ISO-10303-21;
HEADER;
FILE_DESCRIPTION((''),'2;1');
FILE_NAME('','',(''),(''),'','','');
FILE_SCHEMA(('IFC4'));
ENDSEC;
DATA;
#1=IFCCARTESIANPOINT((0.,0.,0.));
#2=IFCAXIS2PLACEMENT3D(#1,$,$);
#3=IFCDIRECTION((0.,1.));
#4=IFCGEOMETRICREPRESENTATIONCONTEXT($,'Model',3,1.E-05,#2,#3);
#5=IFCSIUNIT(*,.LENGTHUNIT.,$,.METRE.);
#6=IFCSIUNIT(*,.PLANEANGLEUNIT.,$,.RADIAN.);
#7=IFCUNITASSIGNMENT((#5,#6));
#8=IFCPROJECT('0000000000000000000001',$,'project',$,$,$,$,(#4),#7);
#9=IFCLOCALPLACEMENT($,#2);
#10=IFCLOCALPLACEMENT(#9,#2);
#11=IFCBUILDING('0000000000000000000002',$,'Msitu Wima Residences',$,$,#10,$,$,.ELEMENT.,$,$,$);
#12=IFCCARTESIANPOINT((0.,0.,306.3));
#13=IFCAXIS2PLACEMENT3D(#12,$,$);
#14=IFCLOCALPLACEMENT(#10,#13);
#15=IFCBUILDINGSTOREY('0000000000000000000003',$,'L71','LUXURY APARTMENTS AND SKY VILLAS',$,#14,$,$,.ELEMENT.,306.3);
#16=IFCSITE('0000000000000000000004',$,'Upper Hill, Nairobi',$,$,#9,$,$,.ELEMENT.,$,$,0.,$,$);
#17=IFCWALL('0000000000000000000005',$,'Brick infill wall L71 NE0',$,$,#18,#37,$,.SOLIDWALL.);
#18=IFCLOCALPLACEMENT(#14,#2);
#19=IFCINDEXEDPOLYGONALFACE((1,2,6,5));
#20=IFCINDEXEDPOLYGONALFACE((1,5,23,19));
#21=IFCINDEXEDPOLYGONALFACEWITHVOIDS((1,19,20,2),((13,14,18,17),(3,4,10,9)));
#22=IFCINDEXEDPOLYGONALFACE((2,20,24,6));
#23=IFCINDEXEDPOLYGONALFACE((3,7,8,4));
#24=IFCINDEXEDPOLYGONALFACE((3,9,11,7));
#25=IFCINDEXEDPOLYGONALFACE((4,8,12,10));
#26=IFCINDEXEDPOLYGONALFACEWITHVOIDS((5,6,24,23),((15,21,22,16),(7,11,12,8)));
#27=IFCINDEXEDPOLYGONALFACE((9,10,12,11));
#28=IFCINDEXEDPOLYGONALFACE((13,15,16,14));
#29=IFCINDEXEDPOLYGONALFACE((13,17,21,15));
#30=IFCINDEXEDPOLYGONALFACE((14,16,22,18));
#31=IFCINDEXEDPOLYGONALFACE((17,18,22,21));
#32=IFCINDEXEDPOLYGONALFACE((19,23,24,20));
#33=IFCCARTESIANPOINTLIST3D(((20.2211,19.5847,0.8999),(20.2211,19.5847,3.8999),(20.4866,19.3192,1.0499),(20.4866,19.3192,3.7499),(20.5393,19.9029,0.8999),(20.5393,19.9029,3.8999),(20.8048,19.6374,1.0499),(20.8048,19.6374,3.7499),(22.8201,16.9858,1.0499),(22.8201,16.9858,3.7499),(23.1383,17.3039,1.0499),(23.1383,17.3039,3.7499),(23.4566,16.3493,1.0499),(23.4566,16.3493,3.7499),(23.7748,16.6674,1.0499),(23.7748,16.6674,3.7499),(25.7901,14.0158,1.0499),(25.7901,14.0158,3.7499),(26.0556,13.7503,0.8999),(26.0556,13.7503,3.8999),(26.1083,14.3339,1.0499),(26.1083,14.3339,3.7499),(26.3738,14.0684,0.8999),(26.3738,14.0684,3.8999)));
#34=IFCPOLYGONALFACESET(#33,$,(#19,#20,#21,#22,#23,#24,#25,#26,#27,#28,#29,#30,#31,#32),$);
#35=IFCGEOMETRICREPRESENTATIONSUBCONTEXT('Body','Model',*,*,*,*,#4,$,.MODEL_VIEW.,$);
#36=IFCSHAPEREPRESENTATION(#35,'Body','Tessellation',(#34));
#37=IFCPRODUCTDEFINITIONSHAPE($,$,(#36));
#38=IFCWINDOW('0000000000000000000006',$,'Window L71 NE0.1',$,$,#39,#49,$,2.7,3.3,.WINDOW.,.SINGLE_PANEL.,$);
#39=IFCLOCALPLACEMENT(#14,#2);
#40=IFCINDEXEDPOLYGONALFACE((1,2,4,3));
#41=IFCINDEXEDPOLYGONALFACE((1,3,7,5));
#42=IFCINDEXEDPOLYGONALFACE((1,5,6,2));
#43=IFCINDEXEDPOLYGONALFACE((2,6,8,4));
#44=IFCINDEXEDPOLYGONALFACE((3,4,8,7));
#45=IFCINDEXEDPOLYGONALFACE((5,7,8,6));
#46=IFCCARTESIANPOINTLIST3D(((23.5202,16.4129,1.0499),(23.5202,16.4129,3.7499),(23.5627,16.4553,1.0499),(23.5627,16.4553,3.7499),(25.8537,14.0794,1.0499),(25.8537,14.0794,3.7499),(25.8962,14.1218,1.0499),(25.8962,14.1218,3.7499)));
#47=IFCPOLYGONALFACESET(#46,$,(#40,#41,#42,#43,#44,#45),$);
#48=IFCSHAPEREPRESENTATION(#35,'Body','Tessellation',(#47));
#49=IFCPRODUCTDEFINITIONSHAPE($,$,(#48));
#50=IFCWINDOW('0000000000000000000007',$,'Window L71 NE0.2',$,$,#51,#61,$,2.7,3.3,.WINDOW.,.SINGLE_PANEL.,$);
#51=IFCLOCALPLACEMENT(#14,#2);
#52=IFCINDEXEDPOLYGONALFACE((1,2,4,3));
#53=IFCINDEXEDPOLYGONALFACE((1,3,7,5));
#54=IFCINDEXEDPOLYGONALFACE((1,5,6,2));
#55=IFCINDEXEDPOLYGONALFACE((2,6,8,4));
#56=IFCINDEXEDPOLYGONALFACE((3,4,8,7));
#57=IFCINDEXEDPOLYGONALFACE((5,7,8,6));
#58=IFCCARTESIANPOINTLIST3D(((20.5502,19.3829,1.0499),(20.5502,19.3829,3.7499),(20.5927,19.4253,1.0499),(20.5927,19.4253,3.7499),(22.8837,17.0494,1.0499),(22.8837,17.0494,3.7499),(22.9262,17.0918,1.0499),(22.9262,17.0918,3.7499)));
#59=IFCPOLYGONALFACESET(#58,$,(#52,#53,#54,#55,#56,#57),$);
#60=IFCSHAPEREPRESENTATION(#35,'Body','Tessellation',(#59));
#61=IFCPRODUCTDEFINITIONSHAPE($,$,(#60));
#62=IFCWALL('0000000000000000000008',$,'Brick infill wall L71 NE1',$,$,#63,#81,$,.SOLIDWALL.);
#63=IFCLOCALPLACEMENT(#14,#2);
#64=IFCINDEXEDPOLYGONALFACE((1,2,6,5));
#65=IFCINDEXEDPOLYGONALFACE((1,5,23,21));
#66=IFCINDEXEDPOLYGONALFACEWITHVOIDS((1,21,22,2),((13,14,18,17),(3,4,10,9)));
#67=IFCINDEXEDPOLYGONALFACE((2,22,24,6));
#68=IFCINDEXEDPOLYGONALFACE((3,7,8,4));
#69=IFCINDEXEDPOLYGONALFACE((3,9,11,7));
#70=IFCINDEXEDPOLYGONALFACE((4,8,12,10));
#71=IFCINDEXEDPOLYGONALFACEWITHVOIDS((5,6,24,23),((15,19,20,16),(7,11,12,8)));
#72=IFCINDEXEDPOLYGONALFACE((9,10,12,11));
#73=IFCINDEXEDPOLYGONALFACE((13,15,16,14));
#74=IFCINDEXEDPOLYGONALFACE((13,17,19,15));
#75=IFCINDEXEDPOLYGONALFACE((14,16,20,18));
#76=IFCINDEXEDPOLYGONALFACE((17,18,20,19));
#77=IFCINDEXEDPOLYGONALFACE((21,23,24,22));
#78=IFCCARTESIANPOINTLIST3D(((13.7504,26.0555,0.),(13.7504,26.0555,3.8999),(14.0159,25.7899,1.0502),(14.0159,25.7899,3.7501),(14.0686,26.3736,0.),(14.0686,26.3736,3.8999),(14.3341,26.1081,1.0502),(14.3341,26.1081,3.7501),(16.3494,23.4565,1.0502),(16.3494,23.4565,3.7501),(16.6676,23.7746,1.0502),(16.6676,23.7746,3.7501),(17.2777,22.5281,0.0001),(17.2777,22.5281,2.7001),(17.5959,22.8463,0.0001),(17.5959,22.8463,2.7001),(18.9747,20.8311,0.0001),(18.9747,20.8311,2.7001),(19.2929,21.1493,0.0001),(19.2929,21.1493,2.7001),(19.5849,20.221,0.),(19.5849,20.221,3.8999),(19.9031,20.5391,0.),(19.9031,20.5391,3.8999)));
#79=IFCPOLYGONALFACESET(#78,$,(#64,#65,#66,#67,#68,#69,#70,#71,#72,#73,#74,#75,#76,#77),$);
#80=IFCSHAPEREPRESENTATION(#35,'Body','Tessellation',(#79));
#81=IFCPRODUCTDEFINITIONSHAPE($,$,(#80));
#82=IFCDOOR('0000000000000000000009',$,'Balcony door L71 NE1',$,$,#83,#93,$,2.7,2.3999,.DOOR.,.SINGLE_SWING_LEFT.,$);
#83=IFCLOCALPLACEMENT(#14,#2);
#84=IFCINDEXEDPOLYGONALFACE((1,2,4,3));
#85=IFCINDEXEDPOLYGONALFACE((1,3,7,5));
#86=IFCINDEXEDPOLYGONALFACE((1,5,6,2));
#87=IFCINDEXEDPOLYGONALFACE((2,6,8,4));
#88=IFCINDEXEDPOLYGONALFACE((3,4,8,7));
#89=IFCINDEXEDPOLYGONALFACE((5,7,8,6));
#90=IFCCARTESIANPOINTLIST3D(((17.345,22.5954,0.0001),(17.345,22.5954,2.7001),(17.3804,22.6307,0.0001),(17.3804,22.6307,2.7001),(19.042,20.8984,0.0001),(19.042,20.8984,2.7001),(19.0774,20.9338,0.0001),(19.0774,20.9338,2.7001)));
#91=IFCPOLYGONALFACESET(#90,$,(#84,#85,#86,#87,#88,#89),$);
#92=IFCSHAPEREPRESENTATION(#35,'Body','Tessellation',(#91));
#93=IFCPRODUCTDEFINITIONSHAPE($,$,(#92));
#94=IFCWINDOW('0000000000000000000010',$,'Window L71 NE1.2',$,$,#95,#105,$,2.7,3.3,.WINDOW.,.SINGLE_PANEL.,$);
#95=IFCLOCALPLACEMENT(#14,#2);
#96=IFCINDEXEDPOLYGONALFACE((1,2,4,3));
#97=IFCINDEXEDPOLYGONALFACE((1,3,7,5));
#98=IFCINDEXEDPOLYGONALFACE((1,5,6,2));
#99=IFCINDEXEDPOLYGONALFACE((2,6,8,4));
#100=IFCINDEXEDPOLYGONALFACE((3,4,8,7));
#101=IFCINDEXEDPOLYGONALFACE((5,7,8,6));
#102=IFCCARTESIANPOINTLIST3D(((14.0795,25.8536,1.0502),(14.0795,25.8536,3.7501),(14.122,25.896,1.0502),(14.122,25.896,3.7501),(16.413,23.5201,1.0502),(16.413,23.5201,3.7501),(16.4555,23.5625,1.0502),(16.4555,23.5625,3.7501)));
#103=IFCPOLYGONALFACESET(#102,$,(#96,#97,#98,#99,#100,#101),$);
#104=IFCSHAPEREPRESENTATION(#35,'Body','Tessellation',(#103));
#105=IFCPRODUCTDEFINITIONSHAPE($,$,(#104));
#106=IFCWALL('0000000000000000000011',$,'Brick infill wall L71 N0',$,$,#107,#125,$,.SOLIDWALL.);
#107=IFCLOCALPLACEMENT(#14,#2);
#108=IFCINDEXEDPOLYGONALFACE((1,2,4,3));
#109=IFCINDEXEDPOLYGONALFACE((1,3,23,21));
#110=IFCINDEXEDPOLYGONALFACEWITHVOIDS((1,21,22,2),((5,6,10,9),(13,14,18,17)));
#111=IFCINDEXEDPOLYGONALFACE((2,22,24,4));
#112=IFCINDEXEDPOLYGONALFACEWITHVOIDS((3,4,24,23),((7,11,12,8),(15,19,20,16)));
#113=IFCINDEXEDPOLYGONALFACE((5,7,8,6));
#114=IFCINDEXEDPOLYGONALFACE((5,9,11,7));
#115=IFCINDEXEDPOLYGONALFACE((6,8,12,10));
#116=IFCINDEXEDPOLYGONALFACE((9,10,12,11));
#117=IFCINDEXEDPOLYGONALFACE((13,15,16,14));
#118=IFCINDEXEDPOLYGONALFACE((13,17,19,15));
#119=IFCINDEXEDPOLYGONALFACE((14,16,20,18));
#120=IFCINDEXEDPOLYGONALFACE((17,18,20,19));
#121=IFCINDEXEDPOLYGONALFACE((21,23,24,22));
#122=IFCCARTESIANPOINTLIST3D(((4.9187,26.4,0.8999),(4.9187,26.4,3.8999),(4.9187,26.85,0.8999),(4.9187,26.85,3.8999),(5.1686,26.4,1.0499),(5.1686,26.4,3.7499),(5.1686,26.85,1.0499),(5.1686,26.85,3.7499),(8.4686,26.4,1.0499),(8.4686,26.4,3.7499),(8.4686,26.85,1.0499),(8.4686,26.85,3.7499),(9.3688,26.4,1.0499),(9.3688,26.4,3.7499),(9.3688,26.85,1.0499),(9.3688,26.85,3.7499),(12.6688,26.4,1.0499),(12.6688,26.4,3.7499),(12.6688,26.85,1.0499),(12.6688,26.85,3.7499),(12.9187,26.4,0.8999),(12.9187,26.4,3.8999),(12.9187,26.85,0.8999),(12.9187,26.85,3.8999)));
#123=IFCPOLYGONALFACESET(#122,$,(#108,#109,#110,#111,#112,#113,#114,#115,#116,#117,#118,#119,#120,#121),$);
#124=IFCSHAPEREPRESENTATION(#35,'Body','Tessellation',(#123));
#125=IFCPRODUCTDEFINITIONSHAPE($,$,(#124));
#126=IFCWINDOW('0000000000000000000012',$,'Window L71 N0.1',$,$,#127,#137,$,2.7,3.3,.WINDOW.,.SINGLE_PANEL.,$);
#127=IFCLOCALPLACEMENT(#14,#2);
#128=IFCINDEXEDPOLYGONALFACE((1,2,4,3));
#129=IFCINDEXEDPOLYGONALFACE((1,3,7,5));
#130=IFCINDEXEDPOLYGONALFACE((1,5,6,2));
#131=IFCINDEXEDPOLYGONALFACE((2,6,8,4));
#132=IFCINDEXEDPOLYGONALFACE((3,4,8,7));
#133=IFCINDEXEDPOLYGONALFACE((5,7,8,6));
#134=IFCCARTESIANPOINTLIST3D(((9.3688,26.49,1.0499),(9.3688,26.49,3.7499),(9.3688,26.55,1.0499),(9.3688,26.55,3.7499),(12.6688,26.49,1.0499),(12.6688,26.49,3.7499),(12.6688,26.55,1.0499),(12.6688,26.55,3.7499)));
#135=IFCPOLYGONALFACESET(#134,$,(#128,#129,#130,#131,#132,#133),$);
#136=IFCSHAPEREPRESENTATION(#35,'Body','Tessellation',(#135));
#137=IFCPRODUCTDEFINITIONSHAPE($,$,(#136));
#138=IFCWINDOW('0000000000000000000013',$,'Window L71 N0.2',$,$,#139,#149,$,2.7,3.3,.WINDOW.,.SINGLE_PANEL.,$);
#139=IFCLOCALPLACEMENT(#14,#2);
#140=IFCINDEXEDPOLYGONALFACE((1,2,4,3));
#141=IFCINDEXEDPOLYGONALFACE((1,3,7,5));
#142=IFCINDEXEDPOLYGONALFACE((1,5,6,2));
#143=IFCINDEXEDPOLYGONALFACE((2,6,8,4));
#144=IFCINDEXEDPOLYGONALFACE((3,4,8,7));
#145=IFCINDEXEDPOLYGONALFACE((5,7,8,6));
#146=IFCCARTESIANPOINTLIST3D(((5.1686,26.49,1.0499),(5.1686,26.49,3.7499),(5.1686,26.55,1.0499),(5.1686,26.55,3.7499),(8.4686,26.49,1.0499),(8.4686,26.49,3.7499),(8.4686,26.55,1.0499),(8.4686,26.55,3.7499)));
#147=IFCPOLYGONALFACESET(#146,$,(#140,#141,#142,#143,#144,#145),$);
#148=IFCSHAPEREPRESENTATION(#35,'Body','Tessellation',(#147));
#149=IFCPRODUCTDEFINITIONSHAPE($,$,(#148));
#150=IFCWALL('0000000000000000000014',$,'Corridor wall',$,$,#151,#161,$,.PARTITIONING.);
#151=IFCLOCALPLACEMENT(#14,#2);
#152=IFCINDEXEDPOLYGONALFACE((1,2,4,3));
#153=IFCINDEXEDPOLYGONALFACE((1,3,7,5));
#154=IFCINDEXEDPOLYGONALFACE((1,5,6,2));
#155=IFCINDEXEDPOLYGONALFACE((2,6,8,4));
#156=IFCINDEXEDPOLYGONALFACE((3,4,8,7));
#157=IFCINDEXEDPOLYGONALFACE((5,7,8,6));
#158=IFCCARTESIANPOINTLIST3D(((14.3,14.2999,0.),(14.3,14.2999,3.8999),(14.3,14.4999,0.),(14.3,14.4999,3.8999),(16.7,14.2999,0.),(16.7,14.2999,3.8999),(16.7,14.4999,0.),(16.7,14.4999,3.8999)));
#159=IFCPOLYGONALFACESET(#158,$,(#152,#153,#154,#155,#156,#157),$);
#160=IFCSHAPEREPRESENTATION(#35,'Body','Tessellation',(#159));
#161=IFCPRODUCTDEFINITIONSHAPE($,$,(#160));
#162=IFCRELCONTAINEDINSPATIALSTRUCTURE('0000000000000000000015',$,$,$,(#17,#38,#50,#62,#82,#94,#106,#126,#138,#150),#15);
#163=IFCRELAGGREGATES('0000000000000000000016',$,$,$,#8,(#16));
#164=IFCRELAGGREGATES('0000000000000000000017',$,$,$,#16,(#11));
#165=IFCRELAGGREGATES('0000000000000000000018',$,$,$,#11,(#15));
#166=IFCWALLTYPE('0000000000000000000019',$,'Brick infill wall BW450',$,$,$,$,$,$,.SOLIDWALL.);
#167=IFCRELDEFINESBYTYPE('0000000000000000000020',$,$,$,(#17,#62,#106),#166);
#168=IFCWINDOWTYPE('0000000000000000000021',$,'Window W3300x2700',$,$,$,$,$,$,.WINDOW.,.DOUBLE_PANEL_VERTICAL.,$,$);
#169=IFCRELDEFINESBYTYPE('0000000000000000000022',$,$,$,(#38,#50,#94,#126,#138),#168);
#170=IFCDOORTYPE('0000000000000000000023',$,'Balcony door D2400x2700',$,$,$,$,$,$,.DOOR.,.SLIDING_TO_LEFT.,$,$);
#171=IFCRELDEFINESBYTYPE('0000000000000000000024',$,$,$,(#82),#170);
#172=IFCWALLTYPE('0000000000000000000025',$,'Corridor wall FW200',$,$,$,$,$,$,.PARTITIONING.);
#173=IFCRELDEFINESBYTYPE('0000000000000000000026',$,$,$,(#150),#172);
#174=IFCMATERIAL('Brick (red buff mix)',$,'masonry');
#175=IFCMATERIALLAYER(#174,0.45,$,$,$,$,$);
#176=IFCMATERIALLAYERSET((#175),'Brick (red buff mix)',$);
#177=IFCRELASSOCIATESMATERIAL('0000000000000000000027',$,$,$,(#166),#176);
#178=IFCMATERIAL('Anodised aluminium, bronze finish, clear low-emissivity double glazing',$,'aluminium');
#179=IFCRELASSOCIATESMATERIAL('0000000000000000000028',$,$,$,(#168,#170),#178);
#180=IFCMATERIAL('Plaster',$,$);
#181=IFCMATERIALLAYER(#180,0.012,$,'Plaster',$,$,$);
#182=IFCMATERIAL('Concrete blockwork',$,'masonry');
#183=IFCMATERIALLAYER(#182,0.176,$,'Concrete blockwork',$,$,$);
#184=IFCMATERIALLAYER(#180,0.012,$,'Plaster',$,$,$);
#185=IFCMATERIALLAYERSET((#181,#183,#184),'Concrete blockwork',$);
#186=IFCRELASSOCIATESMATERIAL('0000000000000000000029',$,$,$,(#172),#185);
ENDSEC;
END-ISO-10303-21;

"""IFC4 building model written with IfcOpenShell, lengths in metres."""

from ifc_helpers import new_model, si_unit, direction, frame, frame_2d, origin, place, context, subcontext, project, spatial, rectangle, extrude, material, layer, layer_set, type_object, element, fill, save


model = new_model("IFC4")

# Units and contexts
model_context = context("Model", 3, precision=1e-05, world=origin(), true_north=direction((0.0, 1.0)))
body_context = subcontext(model_context, "Body", "Model", "MODEL_VIEW")
ifc_project = project(units=[si_unit("LENGTHUNIT", "METRE"), si_unit("PLANEANGLEUNIT", "RADIAN")], contexts=[model_context])

# Site, building, storey
site_placement = place(None, origin())
site = spatial("IfcSite", under=ifc_project, at=site_placement, Name="Upper Hill, Nairobi", CompositionType="ELEMENT", RefElevation=0.0)
building_placement = place(site_placement, origin())
building = spatial("IfcBuilding", under=site, at=building_placement, Name="Msitu Wima Residences", CompositionType="ELEMENT")
storey_placement = place(building_placement, frame((0.0, 0.0, 306.3)))
storey = spatial("IfcBuildingStorey", under=building, at=storey_placement, Name="L71", Description="LUXURY APARTMENTS AND SKY VILLAS", CompositionType="ELEMENT", Elevation=306.3)

# Wall, openings, windows
ifc_material_1 = material(Name="Brick (red buff mix)", Category="masonry")
ifc_layer_1 = layer(ifc_material_1, 0.45)
ifc_layer_set_1 = layer_set([ifc_layer_1], Name="Brick (red buff mix)")
wall_type_1 = type_object("IfcWallType", Name="Brick infill wall BW450", PredefinedType="SOLIDWALL", material=ifc_layer_set_1)
wall_1_placement = place(storey_placement, frame((26.2146, 13.9094, 0.8999), z_axis=(0.0, 0.0, 1.0), x_axis=(-0.707107, 0.707107, 0.0)))
wall_1 = element("IfcWall", 1, at=wall_1_placement, inside=storey, type_object=wall_type_1, Name="Brick infill wall L71 NE0", PredefinedType="SOLIDWALL", context=body_context, shape_type="SweptSolid", body=[
    extrude(rectangle(XDim=8.2512, YDim=0.45, at=frame_2d((4.1255, 0.0))), origin(), (0.0, 0.0, 1.0), 3.0),
])
opening_1_placement = place(wall_1_placement, frame((0.3755, 0.0, 0.1499)))
opening_1 = element("IfcOpeningElement", 2, at=opening_1_placement, cuts=wall_1, PredefinedType="OPENING", context=body_context, shape_type="SweptSolid", body=[
    extrude(rectangle(XDim=3.3, YDim=2.7, at=frame_2d((1.6499, 1.3501))), frame((0.0, 0.2349, 0.0), z_axis=(0.0, -1.0, 0.0), x_axis=(1.0, 0.0, 0.0)), (0.0, 0.0, 1.0), 0.47),
])
opening_2_placement = place(wall_1_placement, frame((4.5757, 0.0, 0.1499)))
opening_2 = element("IfcOpeningElement", 3, at=opening_2_placement, cuts=wall_1, PredefinedType="OPENING", context=body_context, shape_type="SweptSolid", body=[
    extrude(rectangle(XDim=3.3, YDim=2.7, at=frame_2d((1.6499, 1.3501))), frame((0.0, 0.2349, 0.0), z_axis=(0.0, -1.0, 0.0), x_axis=(1.0, 0.0, 0.0)), (0.0, 0.0, 1.0), 0.47),
])
ifc_material_2 = material(Name="Anodised aluminium, bronze finish, clear low-emissivity double glazing", Category="aluminium")
window_type = type_object("IfcWindowType", Name="Window W3300x2700", PartitioningType="DOUBLE_PANEL_VERTICAL", PredefinedType="WINDOW", material=ifc_material_2)
window_1_placement = place(opening_1_placement, origin())
window_1 = element("IfcWindow", 4, at=window_1_placement, inside=storey, type_object=window_type, Name="Window L71 NE0.1", OverallHeight=2.7, OverallWidth=3.3, PartitioningType="SINGLE_PANEL", PredefinedType="WINDOW", context=body_context, shape_type="SweptSolid", body=[
    extrude(rectangle(XDim=3.3, YDim=2.7, at=frame_2d((1.6499, 1.3501))), frame((0.0, 0.135, 0.0), z_axis=(0.0, -1.0, 0.0), x_axis=(1.0, 0.0, 0.0)), (0.0, 0.0, 1.0), 0.0601),
])
fill(opening_1, window_1)
window_2_placement = place(opening_2_placement, origin())
window_2 = element("IfcWindow", 5, at=window_2_placement, inside=storey, type_object=window_type, Name="Window L71 NE0.2", OverallHeight=2.7, OverallWidth=3.3, PartitioningType="SINGLE_PANEL", PredefinedType="WINDOW", context=body_context, shape_type="SweptSolid", body=[
    extrude(rectangle(XDim=3.3, YDim=2.7, at=frame_2d((1.6499, 1.3501))), frame((0.0, 0.135, 0.0), z_axis=(0.0, -1.0, 0.0), x_axis=(1.0, 0.0, 0.0)), (0.0, 0.0, 1.0), 0.0601),
])
fill(opening_2, window_2)

# Wall, openings, door, window
wall_2_placement = place(storey_placement, frame((19.7439, 20.3801, 0.0), z_axis=(0.0, 0.0, 1.0), x_axis=(-0.707107, 0.707107, 0.0)))
wall_2 = element("IfcWall", 6, at=wall_2_placement, inside=storey, type_object=wall_type_1, Name="Brick infill wall L71 NE1", PredefinedType="SOLIDWALL", context=body_context, shape_type="SweptSolid", body=[
    extrude(rectangle(XDim=8.2512, YDim=0.45, at=frame_2d((4.1255, 0.0))), origin(), (0.0, 0.0, 1.0), 3.8999),
])
opening_3_placement = place(wall_2_placement, frame((0.8628, 0.0, 0.0)))
opening_3 = element("IfcOpeningElement", 7, at=opening_3_placement, cuts=wall_2, PredefinedType="OPENING", context=body_context, shape_type="SweptSolid", body=[
    extrude(rectangle(XDim=2.3999, YDim=2.7, at=frame_2d((1.2, 1.3501))), frame((0.0, 0.2349, 0.0), z_axis=(0.0, -1.0, 0.0), x_axis=(1.0, 0.0, 0.0)), (0.0, 0.0, 1.0), 0.47),
])
opening_4_placement = place(wall_2_placement, frame((4.5757, 0.0, 1.05)))
opening_4 = element("IfcOpeningElement", 8, at=opening_4_placement, cuts=wall_2, PredefinedType="OPENING", context=body_context, shape_type="SweptSolid", body=[
    extrude(rectangle(XDim=3.3, YDim=2.7, at=frame_2d((1.6499, 1.3501))), frame((0.0, 0.2349, 0.0), z_axis=(0.0, -1.0, 0.0), x_axis=(1.0, 0.0, 0.0)), (0.0, 0.0, 1.0), 0.47),
])
door_type_1 = type_object("IfcDoorType", Name="Balcony door D2400x2700", OperationType="SLIDING_TO_LEFT", PredefinedType="DOOR", material=ifc_material_2)
door_1_placement = place(opening_3_placement, origin())
door_1 = element("IfcDoor", 9, at=door_1_placement, inside=storey, type_object=door_type_1, Name="Balcony door L71 NE1", OperationType="SINGLE_SWING_LEFT", OverallHeight=2.7, OverallWidth=2.3999, PredefinedType="DOOR", context=body_context, shape_type="SweptSolid", body=[
    extrude(rectangle(XDim=2.3999, YDim=2.7, at=frame_2d((1.2, 1.3501))), frame((0.0, 0.1299, 0.0), z_axis=(0.0, -1.0, 0.0), x_axis=(1.0, 0.0, 0.0)), (0.0, 0.0, 1.0), 0.05),
])
fill(opening_3, door_1)
window_3_placement = place(opening_4_placement, origin())
window_3 = element("IfcWindow", 10, at=window_3_placement, inside=storey, type_object=window_type, Name="Window L71 NE1.2", OverallHeight=2.7, OverallWidth=3.3, PartitioningType="SINGLE_PANEL", PredefinedType="WINDOW", context=body_context, shape_type="SweptSolid", body=[
    extrude(rectangle(XDim=3.3, YDim=2.7, at=frame_2d((1.6499, 1.3501))), frame((0.0, 0.135, 0.0), z_axis=(0.0, -1.0, 0.0), x_axis=(1.0, 0.0, 0.0)), (0.0, 0.0, 1.0), 0.0601),
])
fill(opening_4, window_3)

# Wall, openings, windows
wall_3_placement = place(storey_placement, frame((12.9187, 26.625, 0.8999), z_axis=(0.0, 0.0, 1.0), x_axis=(-1.0, 0.0, 0.0)))
wall_3 = element("IfcWall", 11, at=wall_3_placement, inside=storey, type_object=wall_type_1, Name="Brick infill wall L71 N0", PredefinedType="SOLIDWALL", context=body_context, shape_type="SweptSolid", body=[
    extrude(rectangle(XDim=8.0, YDim=0.45, at=frame_2d((4.0, 0.0))), origin(), (0.0, 0.0, 1.0), 3.0),
])
opening_5_placement = place(wall_3_placement, frame((0.25, 0.0, 0.1499)))
opening_5 = element("IfcOpeningElement", 12, at=opening_5_placement, cuts=wall_3, PredefinedType="OPENING", context=body_context, shape_type="SweptSolid", body=[
    extrude(rectangle(XDim=3.3, YDim=2.7, at=frame_2d((1.6499, 1.3501))), frame((0.0, 0.2349, 0.0), z_axis=(0.0, -1.0, 0.0), x_axis=(1.0, 0.0, 0.0)), (0.0, 0.0, 1.0), 0.47),
])
opening_6_placement = place(wall_3_placement, frame((4.4502, 0.0, 0.1499)))
opening_6 = element("IfcOpeningElement", 13, at=opening_6_placement, cuts=wall_3, PredefinedType="OPENING", context=body_context, shape_type="SweptSolid", body=[
    extrude(rectangle(XDim=3.3, YDim=2.7, at=frame_2d((1.6499, 1.3501))), frame((0.0, 0.2349, 0.0), z_axis=(0.0, -1.0, 0.0), x_axis=(1.0, 0.0, 0.0)), (0.0, 0.0, 1.0), 0.47),
])
window_4_placement = place(opening_5_placement, origin())
window_4 = element("IfcWindow", 14, at=window_4_placement, inside=storey, type_object=window_type, Name="Window L71 N0.1", OverallHeight=2.7, OverallWidth=3.3, PartitioningType="SINGLE_PANEL", PredefinedType="WINDOW", context=body_context, shape_type="SweptSolid", body=[
    extrude(rectangle(XDim=3.3, YDim=2.7, at=frame_2d((1.6499, 1.3501))), frame((0.0, 0.135, 0.0), z_axis=(0.0, -1.0, 0.0), x_axis=(1.0, 0.0, 0.0)), (0.0, 0.0, 1.0), 0.0601),
])
fill(opening_5, window_4)
window_5_placement = place(opening_6_placement, origin())
window_5 = element("IfcWindow", 15, at=window_5_placement, inside=storey, type_object=window_type, Name="Window L71 N0.2", OverallHeight=2.7, OverallWidth=3.3, PartitioningType="SINGLE_PANEL", PredefinedType="WINDOW", context=body_context, shape_type="SweptSolid", body=[
    extrude(rectangle(XDim=3.3, YDim=2.7, at=frame_2d((1.6499, 1.3501))), frame((0.0, 0.135, 0.0), z_axis=(0.0, -1.0, 0.0), x_axis=(1.0, 0.0, 0.0)), (0.0, 0.0, 1.0), 0.0601),
])
fill(opening_6, window_5)

# Wall
ifc_material_3 = material(Name="Plaster")
ifc_layer_2 = layer(ifc_material_3, 0.012, Name="Plaster")
ifc_material_4 = material(Name="Concrete blockwork", Category="masonry")
ifc_layer_3 = layer(ifc_material_4, 0.176, Name="Concrete blockwork")
ifc_layer_4 = layer(ifc_material_3, 0.012, Name="Plaster")
ifc_layer_set_2 = layer_set([ifc_layer_2, ifc_layer_3, ifc_layer_4], Name="Concrete blockwork")
wall_type_2 = type_object("IfcWallType", Name="Corridor wall FW200", PredefinedType="PARTITIONING", material=ifc_layer_set_2)
wall_4_placement = place(storey_placement, frame((14.3, 14.3999, 0.0), z_axis=(0.0, 0.0, 1.0), x_axis=(1.0, 0.0, 0.0)))
element("IfcWall", 16, at=wall_4_placement, inside=storey, type_object=wall_type_2, Name="Corridor wall", PredefinedType="PARTITIONING", context=body_context, shape_type="SweptSolid", body=[
    extrude(rectangle(XDim=2.3999, YDim=0.2, at=frame_2d((1.2, 0.0))), origin(), (0.0, 0.0, 1.0), 3.8999),
])

save(model, "model.ifc")
